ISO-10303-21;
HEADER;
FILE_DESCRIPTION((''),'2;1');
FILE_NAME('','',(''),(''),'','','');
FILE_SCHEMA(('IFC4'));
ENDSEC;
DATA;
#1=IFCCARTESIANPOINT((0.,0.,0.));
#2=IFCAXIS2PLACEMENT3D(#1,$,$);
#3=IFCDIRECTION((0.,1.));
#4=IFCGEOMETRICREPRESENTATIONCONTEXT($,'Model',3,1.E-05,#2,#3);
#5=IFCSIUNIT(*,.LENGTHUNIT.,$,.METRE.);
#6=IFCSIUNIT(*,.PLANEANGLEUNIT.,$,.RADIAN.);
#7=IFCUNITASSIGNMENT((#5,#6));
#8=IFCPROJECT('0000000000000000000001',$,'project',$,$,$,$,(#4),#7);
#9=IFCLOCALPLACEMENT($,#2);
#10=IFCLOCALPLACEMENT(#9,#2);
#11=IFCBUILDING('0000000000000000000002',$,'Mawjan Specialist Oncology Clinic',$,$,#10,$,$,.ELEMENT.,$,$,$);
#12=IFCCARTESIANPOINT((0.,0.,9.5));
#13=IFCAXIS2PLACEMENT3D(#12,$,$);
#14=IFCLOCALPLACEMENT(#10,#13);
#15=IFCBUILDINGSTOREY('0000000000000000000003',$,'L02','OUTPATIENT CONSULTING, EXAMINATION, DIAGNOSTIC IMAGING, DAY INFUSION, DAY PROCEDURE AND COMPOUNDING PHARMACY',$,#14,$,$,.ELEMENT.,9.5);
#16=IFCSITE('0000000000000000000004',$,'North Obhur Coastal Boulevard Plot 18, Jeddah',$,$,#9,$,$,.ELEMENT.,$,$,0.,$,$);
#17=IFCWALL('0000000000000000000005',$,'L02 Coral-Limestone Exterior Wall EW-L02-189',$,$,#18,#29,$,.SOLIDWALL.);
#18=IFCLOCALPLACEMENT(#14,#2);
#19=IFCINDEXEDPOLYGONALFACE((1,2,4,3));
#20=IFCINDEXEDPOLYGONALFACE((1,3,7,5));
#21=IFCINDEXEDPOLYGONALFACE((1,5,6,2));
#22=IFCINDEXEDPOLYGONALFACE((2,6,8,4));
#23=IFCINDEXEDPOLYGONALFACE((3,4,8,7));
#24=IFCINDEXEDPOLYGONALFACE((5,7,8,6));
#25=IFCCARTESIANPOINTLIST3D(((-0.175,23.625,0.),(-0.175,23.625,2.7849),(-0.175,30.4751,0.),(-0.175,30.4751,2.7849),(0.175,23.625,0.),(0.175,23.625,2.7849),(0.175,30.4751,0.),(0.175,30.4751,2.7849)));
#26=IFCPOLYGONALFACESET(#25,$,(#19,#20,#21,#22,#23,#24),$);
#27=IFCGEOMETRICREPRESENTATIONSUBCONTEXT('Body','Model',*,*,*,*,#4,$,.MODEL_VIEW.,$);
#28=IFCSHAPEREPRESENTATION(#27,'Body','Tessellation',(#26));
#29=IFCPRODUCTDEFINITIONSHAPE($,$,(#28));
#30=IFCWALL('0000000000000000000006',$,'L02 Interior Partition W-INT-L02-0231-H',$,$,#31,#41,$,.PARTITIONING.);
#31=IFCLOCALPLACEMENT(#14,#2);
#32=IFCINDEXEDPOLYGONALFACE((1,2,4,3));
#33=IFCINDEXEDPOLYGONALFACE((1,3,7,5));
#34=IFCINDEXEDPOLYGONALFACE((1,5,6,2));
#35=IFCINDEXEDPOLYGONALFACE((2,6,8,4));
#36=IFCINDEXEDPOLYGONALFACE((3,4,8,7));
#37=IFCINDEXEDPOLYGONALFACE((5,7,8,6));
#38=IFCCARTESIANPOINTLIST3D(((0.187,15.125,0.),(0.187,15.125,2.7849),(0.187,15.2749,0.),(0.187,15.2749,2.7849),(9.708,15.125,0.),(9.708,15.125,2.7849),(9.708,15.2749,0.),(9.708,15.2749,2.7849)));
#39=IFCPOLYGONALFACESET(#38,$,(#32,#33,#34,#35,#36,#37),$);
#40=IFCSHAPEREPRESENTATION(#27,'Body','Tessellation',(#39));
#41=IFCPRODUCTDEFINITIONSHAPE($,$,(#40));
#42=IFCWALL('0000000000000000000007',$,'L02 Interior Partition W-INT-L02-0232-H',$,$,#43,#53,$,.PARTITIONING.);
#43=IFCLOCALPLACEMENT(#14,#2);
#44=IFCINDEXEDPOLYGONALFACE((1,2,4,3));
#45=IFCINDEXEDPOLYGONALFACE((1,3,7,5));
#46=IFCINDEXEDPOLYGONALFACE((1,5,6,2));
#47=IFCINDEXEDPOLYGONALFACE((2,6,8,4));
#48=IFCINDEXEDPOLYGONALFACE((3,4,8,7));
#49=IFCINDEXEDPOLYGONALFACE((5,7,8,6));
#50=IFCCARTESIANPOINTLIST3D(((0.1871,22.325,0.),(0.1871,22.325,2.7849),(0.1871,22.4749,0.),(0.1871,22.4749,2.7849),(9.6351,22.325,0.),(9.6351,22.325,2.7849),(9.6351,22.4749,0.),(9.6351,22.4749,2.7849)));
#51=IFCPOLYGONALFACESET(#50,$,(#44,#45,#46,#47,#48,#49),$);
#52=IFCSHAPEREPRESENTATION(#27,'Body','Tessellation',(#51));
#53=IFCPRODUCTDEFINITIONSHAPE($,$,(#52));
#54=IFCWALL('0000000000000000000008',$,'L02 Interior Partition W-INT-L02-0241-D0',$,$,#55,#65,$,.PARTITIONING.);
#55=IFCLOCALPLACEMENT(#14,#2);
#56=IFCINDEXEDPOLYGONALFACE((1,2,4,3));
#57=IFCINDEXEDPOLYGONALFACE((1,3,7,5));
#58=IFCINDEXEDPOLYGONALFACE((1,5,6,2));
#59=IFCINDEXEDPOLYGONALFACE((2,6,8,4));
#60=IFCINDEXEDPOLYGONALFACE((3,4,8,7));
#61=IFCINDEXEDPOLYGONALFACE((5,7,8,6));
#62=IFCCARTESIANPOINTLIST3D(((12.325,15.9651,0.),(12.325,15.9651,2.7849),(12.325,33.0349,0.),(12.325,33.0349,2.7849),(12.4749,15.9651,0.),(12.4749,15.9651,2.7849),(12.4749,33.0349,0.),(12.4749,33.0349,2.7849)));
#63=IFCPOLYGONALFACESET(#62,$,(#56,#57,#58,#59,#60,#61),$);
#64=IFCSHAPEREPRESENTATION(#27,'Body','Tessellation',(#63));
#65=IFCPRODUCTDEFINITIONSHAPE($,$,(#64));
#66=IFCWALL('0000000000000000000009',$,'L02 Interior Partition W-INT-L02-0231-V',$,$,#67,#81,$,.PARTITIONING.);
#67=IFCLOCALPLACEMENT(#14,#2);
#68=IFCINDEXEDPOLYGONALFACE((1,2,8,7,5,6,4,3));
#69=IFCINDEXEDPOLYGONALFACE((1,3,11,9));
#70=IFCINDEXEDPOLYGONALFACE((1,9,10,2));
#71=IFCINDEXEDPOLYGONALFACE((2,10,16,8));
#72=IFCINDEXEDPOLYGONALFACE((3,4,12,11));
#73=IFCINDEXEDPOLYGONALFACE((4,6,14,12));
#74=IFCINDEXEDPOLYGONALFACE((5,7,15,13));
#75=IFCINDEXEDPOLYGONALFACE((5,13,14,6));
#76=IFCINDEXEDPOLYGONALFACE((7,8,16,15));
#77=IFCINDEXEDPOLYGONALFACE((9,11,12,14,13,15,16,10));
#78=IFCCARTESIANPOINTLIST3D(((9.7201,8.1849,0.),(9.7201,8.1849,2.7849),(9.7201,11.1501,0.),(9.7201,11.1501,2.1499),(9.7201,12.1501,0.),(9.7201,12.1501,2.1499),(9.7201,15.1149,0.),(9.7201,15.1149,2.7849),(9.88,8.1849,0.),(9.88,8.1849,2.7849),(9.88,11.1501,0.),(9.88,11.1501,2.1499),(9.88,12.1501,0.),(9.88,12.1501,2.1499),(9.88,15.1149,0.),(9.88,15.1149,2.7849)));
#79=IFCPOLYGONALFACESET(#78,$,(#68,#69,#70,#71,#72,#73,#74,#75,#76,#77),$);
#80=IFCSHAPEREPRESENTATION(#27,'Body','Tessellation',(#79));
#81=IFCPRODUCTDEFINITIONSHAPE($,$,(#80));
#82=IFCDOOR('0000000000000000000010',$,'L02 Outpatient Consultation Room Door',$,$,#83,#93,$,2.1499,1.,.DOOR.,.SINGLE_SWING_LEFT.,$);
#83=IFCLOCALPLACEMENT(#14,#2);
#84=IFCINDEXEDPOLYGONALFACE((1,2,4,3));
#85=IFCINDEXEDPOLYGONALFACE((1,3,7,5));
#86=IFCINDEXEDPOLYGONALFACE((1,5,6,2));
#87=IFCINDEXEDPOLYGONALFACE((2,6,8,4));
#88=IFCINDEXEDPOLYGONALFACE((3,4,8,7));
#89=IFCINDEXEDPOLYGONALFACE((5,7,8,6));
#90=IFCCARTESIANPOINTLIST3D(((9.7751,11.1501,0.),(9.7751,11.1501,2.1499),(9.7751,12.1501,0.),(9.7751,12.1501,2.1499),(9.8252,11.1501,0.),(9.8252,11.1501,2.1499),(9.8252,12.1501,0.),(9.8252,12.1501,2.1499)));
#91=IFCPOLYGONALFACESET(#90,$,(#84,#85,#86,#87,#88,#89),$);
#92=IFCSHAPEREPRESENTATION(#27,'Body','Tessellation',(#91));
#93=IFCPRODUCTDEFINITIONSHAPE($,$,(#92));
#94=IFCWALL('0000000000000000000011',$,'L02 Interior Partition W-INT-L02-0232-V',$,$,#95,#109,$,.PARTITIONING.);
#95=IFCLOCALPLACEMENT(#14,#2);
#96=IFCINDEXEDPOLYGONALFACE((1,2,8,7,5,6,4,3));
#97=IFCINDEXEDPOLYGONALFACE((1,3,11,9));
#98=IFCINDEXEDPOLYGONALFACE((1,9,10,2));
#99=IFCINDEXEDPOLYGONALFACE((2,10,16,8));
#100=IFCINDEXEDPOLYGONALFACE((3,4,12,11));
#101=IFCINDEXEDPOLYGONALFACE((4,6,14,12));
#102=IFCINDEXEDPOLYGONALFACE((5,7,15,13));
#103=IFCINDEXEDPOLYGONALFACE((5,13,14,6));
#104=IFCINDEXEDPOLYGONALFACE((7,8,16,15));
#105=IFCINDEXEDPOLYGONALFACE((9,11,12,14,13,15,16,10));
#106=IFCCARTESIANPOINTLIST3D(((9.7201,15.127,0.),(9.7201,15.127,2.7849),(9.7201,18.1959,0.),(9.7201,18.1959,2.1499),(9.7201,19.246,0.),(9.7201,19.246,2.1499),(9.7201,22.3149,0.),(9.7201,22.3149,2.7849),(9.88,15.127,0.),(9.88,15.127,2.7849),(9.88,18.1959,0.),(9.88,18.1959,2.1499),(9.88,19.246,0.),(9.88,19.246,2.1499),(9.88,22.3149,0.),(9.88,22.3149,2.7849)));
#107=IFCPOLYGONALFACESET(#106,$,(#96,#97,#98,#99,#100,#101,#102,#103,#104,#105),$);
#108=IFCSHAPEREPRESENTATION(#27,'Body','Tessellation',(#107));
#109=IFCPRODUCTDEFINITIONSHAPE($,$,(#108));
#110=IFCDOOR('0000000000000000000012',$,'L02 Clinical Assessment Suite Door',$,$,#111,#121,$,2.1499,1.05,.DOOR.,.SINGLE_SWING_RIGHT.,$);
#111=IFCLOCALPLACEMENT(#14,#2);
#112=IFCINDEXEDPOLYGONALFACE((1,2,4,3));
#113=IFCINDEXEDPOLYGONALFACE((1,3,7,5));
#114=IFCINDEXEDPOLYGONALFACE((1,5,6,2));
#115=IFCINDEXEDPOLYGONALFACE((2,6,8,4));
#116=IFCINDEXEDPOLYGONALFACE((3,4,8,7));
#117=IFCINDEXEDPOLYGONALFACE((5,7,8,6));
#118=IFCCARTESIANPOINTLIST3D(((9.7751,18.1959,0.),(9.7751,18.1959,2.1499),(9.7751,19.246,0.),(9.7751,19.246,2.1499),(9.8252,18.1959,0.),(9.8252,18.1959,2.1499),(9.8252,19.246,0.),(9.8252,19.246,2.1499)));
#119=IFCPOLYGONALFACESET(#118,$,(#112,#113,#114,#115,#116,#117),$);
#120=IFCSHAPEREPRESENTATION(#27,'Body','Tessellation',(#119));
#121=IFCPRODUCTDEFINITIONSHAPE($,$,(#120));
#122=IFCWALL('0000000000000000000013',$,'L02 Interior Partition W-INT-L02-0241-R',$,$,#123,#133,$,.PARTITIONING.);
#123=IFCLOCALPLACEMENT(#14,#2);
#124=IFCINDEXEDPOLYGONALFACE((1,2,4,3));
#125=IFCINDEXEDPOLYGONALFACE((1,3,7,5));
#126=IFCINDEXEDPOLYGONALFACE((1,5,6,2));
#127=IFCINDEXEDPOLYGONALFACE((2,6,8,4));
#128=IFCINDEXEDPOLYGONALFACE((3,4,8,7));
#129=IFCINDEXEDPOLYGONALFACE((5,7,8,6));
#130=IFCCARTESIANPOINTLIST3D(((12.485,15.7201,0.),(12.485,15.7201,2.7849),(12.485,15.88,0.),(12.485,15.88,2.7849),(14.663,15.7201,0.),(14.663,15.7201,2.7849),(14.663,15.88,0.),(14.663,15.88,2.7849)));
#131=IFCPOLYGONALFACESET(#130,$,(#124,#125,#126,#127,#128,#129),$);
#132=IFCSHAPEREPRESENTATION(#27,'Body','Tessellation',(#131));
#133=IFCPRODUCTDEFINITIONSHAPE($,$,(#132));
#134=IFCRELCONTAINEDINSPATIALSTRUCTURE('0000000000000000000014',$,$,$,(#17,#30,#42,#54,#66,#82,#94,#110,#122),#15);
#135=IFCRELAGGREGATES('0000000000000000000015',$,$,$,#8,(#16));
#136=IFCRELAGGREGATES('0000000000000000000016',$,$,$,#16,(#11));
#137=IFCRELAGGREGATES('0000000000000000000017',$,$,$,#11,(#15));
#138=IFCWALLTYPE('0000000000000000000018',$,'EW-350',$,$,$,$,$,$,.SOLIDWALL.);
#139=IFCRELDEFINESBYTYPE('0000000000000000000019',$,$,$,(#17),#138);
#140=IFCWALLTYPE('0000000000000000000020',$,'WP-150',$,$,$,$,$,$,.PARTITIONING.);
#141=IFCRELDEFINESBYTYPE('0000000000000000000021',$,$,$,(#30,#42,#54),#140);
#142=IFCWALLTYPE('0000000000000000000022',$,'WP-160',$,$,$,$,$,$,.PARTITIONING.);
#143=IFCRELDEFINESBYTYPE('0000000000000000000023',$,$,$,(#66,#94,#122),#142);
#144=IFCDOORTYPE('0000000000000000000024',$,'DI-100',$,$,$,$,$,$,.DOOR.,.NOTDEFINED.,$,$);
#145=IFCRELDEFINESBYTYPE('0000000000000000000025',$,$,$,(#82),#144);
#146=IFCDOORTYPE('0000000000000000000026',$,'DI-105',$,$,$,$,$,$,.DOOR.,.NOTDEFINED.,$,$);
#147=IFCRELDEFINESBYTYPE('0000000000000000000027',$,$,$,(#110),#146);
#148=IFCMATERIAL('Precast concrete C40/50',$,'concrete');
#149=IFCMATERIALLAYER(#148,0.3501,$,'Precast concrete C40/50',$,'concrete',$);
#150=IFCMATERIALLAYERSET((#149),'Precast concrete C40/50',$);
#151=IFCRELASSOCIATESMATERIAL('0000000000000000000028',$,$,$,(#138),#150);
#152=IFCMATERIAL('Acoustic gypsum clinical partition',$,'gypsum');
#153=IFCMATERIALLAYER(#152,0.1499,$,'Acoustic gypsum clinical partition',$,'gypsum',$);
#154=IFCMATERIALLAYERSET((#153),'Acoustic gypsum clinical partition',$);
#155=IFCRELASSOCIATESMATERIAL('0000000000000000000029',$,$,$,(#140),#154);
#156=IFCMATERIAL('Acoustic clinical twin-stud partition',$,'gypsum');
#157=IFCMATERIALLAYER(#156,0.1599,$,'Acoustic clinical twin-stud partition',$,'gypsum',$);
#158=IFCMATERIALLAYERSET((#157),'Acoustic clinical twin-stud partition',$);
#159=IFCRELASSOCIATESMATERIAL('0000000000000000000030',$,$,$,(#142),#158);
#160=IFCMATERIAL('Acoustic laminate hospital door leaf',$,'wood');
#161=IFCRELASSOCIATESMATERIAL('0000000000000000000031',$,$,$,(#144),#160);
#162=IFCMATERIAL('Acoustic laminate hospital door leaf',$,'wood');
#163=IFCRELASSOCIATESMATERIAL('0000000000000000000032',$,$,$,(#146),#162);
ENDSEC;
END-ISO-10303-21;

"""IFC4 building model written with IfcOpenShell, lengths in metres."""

from ifc_helpers import new_model, si_unit, direction, frame, frame_2d, origin, place, context, subcontext, project, spatial, rectangle, extrude, material, layer, layer_set, type_object, element, fill, save


model = new_model("IFC4")

# Units and contexts
model_context = context("Model", 3, precision=1e-05, world=origin(), true_north=direction((0.0, 1.0)))
body_context = subcontext(model_context, "Body", "Model", "MODEL_VIEW")
ifc_project = project(units=[si_unit("LENGTHUNIT", "METRE"), si_unit("PLANEANGLEUNIT", "RADIAN")], contexts=[model_context])

# Site, building, storey
site_placement = place(None, origin())
site = spatial("IfcSite", under=ifc_project, at=site_placement, Name="North Obhur Coastal Boulevard Plot 18, Jeddah", CompositionType="ELEMENT", RefElevation=0.0)
building_placement = place(site_placement, origin())
building = spatial("IfcBuilding", under=site, at=building_placement, Name="Mawjan Specialist Oncology Clinic", CompositionType="ELEMENT")
storey_placement = place(building_placement, frame((0.0, 0.0, 9.5)))
storey = spatial("IfcBuildingStorey", under=building, at=storey_placement, Name="L02", Description="OUTPATIENT CONSULTING, EXAMINATION, DIAGNOSTIC IMAGING, DAY INFUSION, DAY PROCEDURE AND COMPOUNDING PHARMACY", CompositionType="ELEMENT", Elevation=9.5)

# Walls
ifc_material_1 = material(Name="Precast concrete C40/50", Category="concrete")
ifc_layer_1 = layer(ifc_material_1, 0.3501, Name="Precast concrete C40/50", Category="concrete")
ifc_layer_set_1 = layer_set([ifc_layer_1], Name="Precast concrete C40/50")
wall_type_1 = type_object("IfcWallType", Name="EW-350", PredefinedType="SOLIDWALL", material=ifc_layer_set_1)
for number, where, z_axis, x_axis, name in (
    (1, (0.0, 23.625, 0.0), (0.0, 0.0, 1.0), (0.0, 1.0, 0.0), "L02 Coral-Limestone Exterior Wall EW-L02-189"),
):
    element("IfcWall", number, at=place(storey_placement, frame(where, z_axis=z_axis, x_axis=x_axis)), inside=storey, type_object=wall_type_1, Name=name, PredefinedType="SOLIDWALL", context=body_context, shape_type="SweptSolid", body=[
        extrude(rectangle(XDim=6.8501, YDim=0.3501, at=frame_2d((3.425, 0.0))), origin(), (0.0, 0.0, 1.0), 2.7849),
    ])
ifc_material_2 = material(Name="Acoustic gypsum clinical partition", Category="gypsum")
ifc_layer_2 = layer(ifc_material_2, 0.1499, Name="Acoustic gypsum clinical partition", Category="gypsum")
ifc_layer_set_2 = layer_set([ifc_layer_2], Name="Acoustic gypsum clinical partition")
wall_type_2 = type_object("IfcWallType", Name="WP-150", PredefinedType="PARTITIONING", material=ifc_layer_set_2)
wall_1_placement = place(storey_placement, frame((0.187, 15.2, 0.0), z_axis=(0.0, 0.0, 1.0), x_axis=(1.0, 0.0, 0.0)))
element("IfcWall", 2, at=wall_1_placement, inside=storey, type_object=wall_type_2, Name="L02 Interior Partition W-INT-L02-0231-H", PredefinedType="PARTITIONING", context=body_context, shape_type="SweptSolid", body=[
    extrude(rectangle(XDim=9.521, YDim=0.1499, at=frame_2d((4.7605, 0.0))), origin(), (0.0, 0.0, 1.0), 2.7849),
])
wall_2_placement = place(storey_placement, frame((0.187, 22.3999, 0.0), z_axis=(0.0, 0.0, 1.0), x_axis=(1.0, 0.0, 0.0)))
element("IfcWall", 3, at=wall_2_placement, inside=storey, type_object=wall_type_2, Name="L02 Interior Partition W-INT-L02-0232-H", PredefinedType="PARTITIONING", context=body_context, shape_type="SweptSolid", body=[
    extrude(rectangle(XDim=9.448, YDim=0.1499, at=frame_2d((4.7241, 0.0))), origin(), (0.0, 0.0, 1.0), 2.7849),
])
wall_3_placement = place(storey_placement, frame((12.3999, 15.9651, 0.0), z_axis=(0.0, 0.0, 1.0), x_axis=(0.0, 1.0, 0.0)))
element("IfcWall", 4, at=wall_3_placement, inside=storey, type_object=wall_type_2, Name="L02 Interior Partition W-INT-L02-0241-D0", PredefinedType="PARTITIONING", context=body_context, shape_type="SweptSolid", body=[
    extrude(rectangle(XDim=17.0698, YDim=0.1499, at=frame_2d((8.5349, 0.0))), origin(), (0.0, 0.0, 1.0), 2.7849),
])

# Walls, openings, doors
ifc_material_3 = material(Name="Acoustic clinical twin-stud partition", Category="gypsum")
ifc_layer_3 = layer(ifc_material_3, 0.1599, Name="Acoustic clinical twin-stud partition", Category="gypsum")
ifc_layer_set_3 = layer_set([ifc_layer_3], Name="Acoustic clinical twin-stud partition")
wall_type_3 = type_object("IfcWallType", Name="WP-160", PredefinedType="PARTITIONING", material=ifc_layer_set_3)
wall_4_placement = place(storey_placement, frame((9.8, 8.1851, 0.0), z_axis=(0.0, 0.0, 1.0), x_axis=(0.0, 1.0, 0.0)))
wall_4 = element("IfcWall", 5, at=wall_4_placement, inside=storey, type_object=wall_type_3, Name="L02 Interior Partition W-INT-L02-0231-V", PredefinedType="PARTITIONING", context=body_context, shape_type="SweptSolid", body=[
    extrude(rectangle(XDim=6.9299, YDim=0.1599, at=frame_2d((3.4648, 0.0))), origin(), (0.0, 0.0, 1.0), 2.7849),
])
opening_1_placement = place(wall_4_placement, frame((2.9651, 0.0, 0.0)))
opening_1 = element("IfcOpeningElement", 6, at=opening_1_placement, cuts=wall_4, PredefinedType="OPENING", context=body_context, shape_type="SweptSolid", body=[
    extrude(rectangle(XDim=1.0, YDim=2.1499, at=frame_2d((0.5, 1.075))), frame((0.0, 0.092, 0.0), z_axis=(0.0, -1.0, 0.0), x_axis=(1.0, 0.0, 0.0)), (0.0, 0.0, 1.0), 0.1838),
])
ifc_material_4 = material(Name="Acoustic laminate hospital door leaf", Category="wood")
door_type_1 = type_object("IfcDoorType", Name="DI-100", OperationType="NOTDEFINED", PredefinedType="DOOR", material=ifc_material_4)
door_1_placement = place(opening_1_placement, origin())
door_1 = element("IfcDoor", 7, at=door_1_placement, inside=storey, type_object=door_type_1, Name="L02 Outpatient Consultation Room Door", OperationType="SINGLE_SWING_LEFT", OverallHeight=2.1499, OverallWidth=1.0, PredefinedType="DOOR", context=body_context, shape_type="SweptSolid", body=[
    extrude(rectangle(XDim=1.0, YDim=2.1499, at=frame_2d((0.5, 1.075))), frame((0.0, 0.0249, 0.0), z_axis=(0.0, -1.0, 0.0), x_axis=(1.0, 0.0, 0.0)), (0.0, 0.0, 1.0), 0.05),
])
fill(opening_1, door_1)
wall_5_placement = place(storey_placement, frame((9.8, 15.127, 0.0), z_axis=(0.0, 0.0, 1.0), x_axis=(0.0, 1.0, 0.0)))
wall_5 = element("IfcWall", 8, at=wall_5_placement, inside=storey, type_object=wall_type_3, Name="L02 Interior Partition W-INT-L02-0232-V", PredefinedType="PARTITIONING", context=body_context, shape_type="SweptSolid", body=[
    extrude(rectangle(XDim=7.188, YDim=0.1599, at=frame_2d((3.594, 0.0))), origin(), (0.0, 0.0, 1.0), 2.7849),
])
opening_2_placement = place(wall_5_placement, frame((3.0691, 0.0, 0.0)))
opening_2 = element("IfcOpeningElement", 9, at=opening_2_placement, cuts=wall_5, PredefinedType="OPENING", context=body_context, shape_type="SweptSolid", body=[
    extrude(rectangle(XDim=1.05, YDim=2.1499, at=frame_2d((0.5249, 1.075))), frame((0.0, 0.092, 0.0), z_axis=(0.0, -1.0, 0.0), x_axis=(1.0, 0.0, 0.0)), (0.0, 0.0, 1.0), 0.1838),
])
ifc_material_5 = material(Name="Acoustic laminate hospital door leaf", Category="wood")
door_type_2 = type_object("IfcDoorType", Name="DI-105", OperationType="NOTDEFINED", PredefinedType="DOOR", material=ifc_material_5)
door_2_placement = place(opening_2_placement, origin())
door_2 = element("IfcDoor", 10, at=door_2_placement, inside=storey, type_object=door_type_2, Name="L02 Clinical Assessment Suite Door", OperationType="SINGLE_SWING_RIGHT", OverallHeight=2.1499, OverallWidth=1.05, PredefinedType="DOOR", context=body_context, shape_type="SweptSolid", body=[
    extrude(rectangle(XDim=1.05, YDim=2.1499, at=frame_2d((0.5249, 1.075))), frame((0.0, 0.0249, 0.0), z_axis=(0.0, -1.0, 0.0), x_axis=(1.0, 0.0, 0.0)), (0.0, 0.0, 1.0), 0.05),
])
fill(opening_2, door_2)

# Wall
wall_6_placement = place(storey_placement, frame((12.4851, 15.8, 0.0), z_axis=(0.0, 0.0, 1.0), x_axis=(1.0, 0.0, 0.0)))
element("IfcWall", 11, at=wall_6_placement, inside=storey, type_object=wall_type_3, Name="L02 Interior Partition W-INT-L02-0241-R", PredefinedType="PARTITIONING", context=body_context, shape_type="SweptSolid", body=[
    extrude(rectangle(XDim=2.178, YDim=0.1599, at=frame_2d((1.0889, 0.0))), origin(), (0.0, 0.0, 1.0), 2.7849),
])

save(model, "model.ifc")
